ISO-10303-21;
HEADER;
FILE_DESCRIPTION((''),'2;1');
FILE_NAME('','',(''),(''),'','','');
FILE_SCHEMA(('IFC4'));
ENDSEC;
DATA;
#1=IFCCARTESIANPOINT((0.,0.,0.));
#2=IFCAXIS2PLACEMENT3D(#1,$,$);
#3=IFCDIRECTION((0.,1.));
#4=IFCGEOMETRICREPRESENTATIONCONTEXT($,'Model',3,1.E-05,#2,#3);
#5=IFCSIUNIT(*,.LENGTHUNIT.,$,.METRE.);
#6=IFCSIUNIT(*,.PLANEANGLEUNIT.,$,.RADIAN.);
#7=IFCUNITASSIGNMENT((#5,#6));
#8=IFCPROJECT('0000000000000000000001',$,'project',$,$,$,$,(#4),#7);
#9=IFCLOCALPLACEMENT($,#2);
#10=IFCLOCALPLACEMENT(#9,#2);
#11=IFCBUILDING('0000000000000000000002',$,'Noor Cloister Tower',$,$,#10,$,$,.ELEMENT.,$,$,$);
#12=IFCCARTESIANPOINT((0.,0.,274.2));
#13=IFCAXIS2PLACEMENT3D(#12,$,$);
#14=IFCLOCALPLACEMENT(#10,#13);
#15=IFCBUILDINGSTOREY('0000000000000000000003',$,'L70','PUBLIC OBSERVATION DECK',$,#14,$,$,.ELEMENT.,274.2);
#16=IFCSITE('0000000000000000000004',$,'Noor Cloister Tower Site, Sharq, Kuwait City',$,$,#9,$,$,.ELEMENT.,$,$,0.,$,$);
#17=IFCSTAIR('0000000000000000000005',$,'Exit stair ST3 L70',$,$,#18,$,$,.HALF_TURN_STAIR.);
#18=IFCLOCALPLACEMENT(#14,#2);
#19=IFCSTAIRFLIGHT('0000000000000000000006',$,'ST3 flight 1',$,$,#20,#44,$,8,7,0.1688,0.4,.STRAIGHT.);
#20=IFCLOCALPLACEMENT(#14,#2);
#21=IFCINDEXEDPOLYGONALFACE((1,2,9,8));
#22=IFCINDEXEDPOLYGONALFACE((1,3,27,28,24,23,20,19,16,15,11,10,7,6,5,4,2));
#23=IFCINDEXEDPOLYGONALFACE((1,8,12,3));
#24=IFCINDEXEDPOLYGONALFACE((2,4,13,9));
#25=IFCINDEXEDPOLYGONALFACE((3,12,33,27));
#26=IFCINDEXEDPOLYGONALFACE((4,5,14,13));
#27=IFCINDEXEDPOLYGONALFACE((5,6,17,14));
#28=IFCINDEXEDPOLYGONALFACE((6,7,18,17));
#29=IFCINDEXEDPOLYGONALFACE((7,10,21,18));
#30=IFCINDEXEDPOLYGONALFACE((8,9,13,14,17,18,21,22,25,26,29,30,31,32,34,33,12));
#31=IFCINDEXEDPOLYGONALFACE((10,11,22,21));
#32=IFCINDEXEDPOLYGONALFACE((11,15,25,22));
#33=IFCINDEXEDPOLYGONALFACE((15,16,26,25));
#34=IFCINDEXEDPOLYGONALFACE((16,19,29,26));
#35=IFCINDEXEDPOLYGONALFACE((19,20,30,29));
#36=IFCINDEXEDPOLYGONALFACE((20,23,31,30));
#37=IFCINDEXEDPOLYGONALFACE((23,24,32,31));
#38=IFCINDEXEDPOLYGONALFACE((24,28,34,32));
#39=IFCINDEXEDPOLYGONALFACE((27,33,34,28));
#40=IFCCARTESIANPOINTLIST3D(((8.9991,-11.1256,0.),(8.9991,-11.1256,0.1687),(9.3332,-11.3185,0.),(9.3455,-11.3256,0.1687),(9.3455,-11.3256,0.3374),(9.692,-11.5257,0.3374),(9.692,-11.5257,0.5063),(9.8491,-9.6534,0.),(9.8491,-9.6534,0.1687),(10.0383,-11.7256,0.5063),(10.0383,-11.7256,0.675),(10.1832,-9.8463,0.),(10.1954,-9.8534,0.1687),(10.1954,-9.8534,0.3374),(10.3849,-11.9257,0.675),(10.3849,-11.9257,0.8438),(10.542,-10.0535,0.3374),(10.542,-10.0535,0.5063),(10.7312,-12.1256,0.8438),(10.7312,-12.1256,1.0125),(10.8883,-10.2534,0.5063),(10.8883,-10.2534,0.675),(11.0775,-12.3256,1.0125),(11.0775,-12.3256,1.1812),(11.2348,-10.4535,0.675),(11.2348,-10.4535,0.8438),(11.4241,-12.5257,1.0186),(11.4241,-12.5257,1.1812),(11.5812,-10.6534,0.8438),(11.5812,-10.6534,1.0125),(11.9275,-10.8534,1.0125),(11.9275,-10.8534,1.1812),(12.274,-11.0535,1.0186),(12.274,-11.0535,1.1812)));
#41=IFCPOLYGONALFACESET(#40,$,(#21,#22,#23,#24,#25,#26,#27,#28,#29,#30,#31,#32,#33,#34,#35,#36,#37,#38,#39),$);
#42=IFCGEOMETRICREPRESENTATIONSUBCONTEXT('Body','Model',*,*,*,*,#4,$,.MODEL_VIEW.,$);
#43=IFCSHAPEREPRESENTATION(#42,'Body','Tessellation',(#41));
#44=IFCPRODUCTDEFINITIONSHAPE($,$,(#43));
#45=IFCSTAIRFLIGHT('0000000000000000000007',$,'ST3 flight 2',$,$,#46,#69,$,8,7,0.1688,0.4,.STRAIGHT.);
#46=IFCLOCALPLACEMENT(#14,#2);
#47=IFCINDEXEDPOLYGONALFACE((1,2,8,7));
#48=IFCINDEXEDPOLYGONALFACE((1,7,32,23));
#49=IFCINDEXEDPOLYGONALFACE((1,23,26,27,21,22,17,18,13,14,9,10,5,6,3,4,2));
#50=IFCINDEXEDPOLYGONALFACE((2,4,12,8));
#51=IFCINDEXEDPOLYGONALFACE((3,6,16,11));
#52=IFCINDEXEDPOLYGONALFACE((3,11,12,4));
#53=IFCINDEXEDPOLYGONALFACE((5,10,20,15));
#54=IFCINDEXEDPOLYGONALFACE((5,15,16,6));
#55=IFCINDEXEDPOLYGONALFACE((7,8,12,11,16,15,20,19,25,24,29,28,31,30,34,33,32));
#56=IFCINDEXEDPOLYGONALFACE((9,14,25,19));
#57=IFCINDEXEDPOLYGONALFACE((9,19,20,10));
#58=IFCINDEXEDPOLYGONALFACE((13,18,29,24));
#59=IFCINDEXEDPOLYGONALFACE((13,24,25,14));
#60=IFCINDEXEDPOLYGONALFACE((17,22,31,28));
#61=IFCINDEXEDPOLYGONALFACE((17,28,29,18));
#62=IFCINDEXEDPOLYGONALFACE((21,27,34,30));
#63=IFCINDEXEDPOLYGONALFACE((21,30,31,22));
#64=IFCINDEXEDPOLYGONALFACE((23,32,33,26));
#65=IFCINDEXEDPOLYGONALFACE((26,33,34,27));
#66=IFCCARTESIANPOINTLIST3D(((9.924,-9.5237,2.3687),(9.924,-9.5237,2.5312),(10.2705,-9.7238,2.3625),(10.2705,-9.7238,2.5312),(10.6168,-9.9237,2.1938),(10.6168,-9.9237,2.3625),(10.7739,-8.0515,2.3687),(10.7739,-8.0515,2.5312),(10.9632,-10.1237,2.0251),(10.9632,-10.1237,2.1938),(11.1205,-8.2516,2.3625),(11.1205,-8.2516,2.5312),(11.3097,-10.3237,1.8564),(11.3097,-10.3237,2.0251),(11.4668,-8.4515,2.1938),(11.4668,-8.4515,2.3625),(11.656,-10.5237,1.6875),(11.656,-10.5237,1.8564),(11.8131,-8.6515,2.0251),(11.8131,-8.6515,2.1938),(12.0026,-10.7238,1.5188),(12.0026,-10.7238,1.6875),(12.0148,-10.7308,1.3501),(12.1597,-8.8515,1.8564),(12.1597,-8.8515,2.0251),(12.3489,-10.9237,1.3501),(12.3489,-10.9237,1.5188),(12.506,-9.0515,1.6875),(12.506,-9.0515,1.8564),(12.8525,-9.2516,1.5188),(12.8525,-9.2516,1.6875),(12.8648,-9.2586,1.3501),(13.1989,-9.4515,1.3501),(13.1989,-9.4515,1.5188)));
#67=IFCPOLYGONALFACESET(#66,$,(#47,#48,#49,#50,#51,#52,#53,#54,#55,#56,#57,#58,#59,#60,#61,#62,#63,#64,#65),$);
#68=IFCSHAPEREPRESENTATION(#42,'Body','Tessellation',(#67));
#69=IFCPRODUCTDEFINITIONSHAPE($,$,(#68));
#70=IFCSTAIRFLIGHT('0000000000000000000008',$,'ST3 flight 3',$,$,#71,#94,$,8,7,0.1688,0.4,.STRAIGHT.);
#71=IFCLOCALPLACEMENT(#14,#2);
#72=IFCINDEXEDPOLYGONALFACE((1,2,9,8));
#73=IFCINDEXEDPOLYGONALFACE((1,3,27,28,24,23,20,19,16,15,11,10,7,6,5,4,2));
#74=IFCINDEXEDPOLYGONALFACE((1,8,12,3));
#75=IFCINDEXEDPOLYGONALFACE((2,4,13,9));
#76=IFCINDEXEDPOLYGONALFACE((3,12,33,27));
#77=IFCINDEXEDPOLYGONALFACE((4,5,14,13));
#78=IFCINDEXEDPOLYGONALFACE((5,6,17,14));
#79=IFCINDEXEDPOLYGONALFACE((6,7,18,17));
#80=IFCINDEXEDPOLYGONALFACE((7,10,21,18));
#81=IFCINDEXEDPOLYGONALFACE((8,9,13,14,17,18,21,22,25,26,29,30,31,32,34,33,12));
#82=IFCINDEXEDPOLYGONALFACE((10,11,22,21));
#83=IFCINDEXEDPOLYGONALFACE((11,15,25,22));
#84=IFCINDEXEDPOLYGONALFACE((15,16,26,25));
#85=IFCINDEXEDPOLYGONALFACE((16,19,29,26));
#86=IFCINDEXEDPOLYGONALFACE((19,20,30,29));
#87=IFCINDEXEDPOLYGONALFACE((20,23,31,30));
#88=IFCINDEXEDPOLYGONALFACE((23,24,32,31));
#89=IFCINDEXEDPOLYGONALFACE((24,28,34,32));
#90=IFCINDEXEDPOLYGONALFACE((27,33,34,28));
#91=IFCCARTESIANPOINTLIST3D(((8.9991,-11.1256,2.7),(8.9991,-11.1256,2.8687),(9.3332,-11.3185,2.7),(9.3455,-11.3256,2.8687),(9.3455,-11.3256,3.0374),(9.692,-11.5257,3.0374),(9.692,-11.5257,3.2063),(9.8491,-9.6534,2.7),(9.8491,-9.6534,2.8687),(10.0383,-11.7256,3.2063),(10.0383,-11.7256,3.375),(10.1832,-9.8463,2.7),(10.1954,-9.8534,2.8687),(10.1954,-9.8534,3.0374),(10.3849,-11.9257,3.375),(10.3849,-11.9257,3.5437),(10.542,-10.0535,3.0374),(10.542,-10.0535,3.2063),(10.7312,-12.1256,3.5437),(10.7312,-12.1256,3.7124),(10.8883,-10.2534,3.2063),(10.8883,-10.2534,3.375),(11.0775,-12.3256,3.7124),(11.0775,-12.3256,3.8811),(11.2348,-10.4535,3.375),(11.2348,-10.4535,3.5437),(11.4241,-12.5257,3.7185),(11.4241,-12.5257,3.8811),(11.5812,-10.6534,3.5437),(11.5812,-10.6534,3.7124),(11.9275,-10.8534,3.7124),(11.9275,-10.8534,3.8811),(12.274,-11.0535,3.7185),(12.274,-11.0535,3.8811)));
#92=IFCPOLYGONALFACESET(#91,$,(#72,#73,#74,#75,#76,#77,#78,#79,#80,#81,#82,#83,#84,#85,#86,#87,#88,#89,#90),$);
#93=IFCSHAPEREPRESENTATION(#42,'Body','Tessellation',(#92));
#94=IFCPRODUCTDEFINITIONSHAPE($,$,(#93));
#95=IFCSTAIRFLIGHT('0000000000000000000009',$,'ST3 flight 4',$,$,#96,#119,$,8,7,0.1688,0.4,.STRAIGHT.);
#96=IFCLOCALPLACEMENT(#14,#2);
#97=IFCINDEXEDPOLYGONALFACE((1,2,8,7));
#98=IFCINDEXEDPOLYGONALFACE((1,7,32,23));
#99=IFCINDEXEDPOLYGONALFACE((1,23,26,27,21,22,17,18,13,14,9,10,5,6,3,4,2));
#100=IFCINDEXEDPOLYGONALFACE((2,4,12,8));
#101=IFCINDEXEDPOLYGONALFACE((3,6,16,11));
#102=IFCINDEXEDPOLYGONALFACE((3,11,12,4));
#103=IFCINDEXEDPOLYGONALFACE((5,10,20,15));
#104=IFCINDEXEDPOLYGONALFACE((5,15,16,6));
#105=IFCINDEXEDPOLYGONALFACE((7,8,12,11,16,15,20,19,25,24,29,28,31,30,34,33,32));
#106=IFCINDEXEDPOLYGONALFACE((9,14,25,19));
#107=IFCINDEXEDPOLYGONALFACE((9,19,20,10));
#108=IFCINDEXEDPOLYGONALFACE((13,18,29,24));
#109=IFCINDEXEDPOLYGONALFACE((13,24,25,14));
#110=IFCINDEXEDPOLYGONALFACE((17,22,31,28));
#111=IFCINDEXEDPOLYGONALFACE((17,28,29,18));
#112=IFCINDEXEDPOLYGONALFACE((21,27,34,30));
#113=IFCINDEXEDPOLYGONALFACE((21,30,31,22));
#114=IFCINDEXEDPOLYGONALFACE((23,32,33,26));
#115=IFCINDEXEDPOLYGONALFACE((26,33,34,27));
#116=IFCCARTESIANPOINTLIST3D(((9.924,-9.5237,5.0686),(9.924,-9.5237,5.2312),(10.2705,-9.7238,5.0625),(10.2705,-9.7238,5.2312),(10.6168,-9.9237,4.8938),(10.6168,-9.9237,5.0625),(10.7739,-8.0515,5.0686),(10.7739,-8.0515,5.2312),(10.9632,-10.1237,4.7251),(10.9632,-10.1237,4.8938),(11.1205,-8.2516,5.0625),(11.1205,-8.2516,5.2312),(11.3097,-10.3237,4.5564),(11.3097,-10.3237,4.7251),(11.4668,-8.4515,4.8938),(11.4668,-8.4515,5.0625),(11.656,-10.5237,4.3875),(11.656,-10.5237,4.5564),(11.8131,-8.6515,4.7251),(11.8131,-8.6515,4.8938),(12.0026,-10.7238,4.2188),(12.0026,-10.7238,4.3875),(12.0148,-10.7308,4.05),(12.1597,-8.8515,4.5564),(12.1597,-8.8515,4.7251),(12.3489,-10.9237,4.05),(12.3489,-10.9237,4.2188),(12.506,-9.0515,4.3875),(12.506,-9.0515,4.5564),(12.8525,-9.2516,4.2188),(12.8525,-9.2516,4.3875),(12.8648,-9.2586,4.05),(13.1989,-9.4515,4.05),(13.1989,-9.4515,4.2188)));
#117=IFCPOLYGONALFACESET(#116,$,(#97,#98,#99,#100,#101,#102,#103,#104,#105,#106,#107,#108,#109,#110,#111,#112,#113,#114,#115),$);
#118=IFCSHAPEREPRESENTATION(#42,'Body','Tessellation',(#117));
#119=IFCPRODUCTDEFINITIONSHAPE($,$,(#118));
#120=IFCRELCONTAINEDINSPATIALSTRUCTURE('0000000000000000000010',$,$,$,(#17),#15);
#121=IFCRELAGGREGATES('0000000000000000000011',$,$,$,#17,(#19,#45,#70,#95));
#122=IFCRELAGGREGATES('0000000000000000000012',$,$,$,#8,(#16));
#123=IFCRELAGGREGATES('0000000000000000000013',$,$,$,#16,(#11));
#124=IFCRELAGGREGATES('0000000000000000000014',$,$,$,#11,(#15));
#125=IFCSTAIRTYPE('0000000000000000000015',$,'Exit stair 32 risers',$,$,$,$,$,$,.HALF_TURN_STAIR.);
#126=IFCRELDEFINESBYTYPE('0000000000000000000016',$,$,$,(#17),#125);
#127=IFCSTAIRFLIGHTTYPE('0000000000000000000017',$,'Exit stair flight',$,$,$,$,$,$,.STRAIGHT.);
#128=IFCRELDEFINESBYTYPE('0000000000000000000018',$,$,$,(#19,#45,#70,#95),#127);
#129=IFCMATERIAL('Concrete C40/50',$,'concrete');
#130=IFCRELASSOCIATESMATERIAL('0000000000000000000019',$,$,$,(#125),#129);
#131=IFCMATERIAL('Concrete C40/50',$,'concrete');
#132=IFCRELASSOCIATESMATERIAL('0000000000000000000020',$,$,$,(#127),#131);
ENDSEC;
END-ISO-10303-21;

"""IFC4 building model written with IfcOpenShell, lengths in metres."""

from ifc_helpers import new_model, si_unit, direction, frame, origin, place, context, subcontext, project, spatial, polyline, outline, extrude, material, type_object, element, aggregate, save


model = new_model("IFC4")

# Units and contexts
model_context = context("Model", 3, precision=1e-05, world=origin(), true_north=direction((0.0, 1.0)))
body_context = subcontext(model_context, "Body", "Model", "MODEL_VIEW")
ifc_project = project(units=[si_unit("LENGTHUNIT", "METRE"), si_unit("PLANEANGLEUNIT", "RADIAN")], contexts=[model_context])

# Site, building, storey
site_placement = place(None, origin())
site = spatial("IfcSite", under=ifc_project, at=site_placement, Name="Noor Cloister Tower Site, Sharq, Kuwait City", CompositionType="ELEMENT", RefElevation=0.0)
building_placement = place(site_placement, origin())
building = spatial("IfcBuilding", under=site, at=building_placement, Name="Noor Cloister Tower", CompositionType="ELEMENT")
storey_placement = place(building_placement, frame((0.0, 0.0, 274.2)))
storey = spatial("IfcBuildingStorey", under=building, at=storey_placement, Name="L70", Description="PUBLIC OBSERVATION DECK", CompositionType="ELEMENT", Elevation=274.2)

# Stair, stair flights
ifc_material_1 = material(Name="Concrete C40/50", Category="concrete")
stair_type = type_object("IfcStairType", Name="Exit stair 32 risers", PredefinedType="HALF_TURN_STAIR", material=ifc_material_1)
stair_placement = place(storey_placement, origin())
stair = element("IfcStair", 1, at=stair_placement, inside=storey, type_object=stair_type, Name="Exit stair ST3 L70", PredefinedType="HALF_TURN_STAIR")
ifc_material_2 = material(Name="Concrete C40/50", Category="concrete")
stair_flight_type = type_object("IfcStairFlightType", Name="Exit stair flight", PredefinedType="STRAIGHT", material=ifc_material_2)
stair_flight_1_placement = place(storey_placement, frame((9.4241, -10.3896, 0.0), z_axis=(0.0, 0.0, 1.0), x_axis=(0.866025, -0.5, 0.0)))
stair_flight_1 = element("IfcStairFlight", 2, at=stair_flight_1_placement, type_object=stair_flight_type, Name="ST3 flight 1", NumberOfRisers=8, NumberOfTreads=7, PredefinedType="STRAIGHT", RiserHeight=0.1688, TreadLength=0.4, context=body_context, shape_type="SweptSolid", body=[
    extrude(outline(polyline([(0.0, 0.0), (0.0, 0.1687), (0.3999, 0.1687), (0.3999, 0.3374), (0.8, 0.3374), (0.8, 0.5063), (1.2, 0.5063), (1.2, 0.675), (1.6001, 0.675), (1.6001, 0.8438), (2.0, 0.8438), (2.0, 1.0125), (2.3999, 1.0125), (2.3999, 1.1812), (2.8, 1.1812), (2.8, 1.3501), (2.8, 1.0186), (0.3857, 0.0), (0.0, 0.0)])), frame((0.0, 0.8501, 0.0), z_axis=(0.0, -1.0, 0.0), x_axis=(1.0, 0.0, 0.0)), (0.0, 0.0, 1.0), 1.7),
])
stair_flight_2_placement = place(storey_placement, frame((12.7739, -10.1875, 1.3501), z_axis=(0.0, 0.0, 1.0), x_axis=(-0.866025, 0.5, 0.0)))
stair_flight_2 = element("IfcStairFlight", 3, at=stair_flight_2_placement, type_object=stair_flight_type, Name="ST3 flight 2", NumberOfRisers=8, NumberOfTreads=7, PredefinedType="STRAIGHT", RiserHeight=0.1688, TreadLength=0.4, context=body_context, shape_type="SweptSolid", body=[
    extrude(outline(polyline([(0.0, 0.0), (0.0, 0.1687), (0.3999, 0.1687), (0.3999, 0.3374), (0.8, 0.3374), (0.8, 0.5063), (1.2, 0.5063), (1.2, 0.675), (1.6001, 0.675), (1.6001, 0.8438), (2.0, 0.8438), (2.0, 1.0125), (2.3999, 1.0125), (2.3999, 1.1812), (2.8, 1.1812), (2.8, 1.3501), (2.8, 1.0186), (0.3857, 0.0), (0.0, 0.0)])), frame((0.0, 0.8501, 0.0), z_axis=(0.0, -1.0, 0.0), x_axis=(1.0, 0.0, 0.0)), (0.0, 0.0, 1.0), 1.7),
])
stair_flight_3_placement = place(storey_placement, frame((9.4241, -10.3896, 2.7), z_axis=(0.0, 0.0, 1.0), x_axis=(0.866025, -0.5, 0.0)))
stair_flight_3 = element("IfcStairFlight", 4, at=stair_flight_3_placement, type_object=stair_flight_type, Name="ST3 flight 3", NumberOfRisers=8, NumberOfTreads=7, PredefinedType="STRAIGHT", RiserHeight=0.1688, TreadLength=0.4, context=body_context, shape_type="SweptSolid", body=[
    extrude(outline(polyline([(0.0, 0.0), (0.0, 0.1687), (0.3999, 0.1687), (0.3999, 0.3374), (0.8, 0.3374), (0.8, 0.5063), (1.2, 0.5063), (1.2, 0.675), (1.6001, 0.675), (1.6001, 0.8438), (2.0, 0.8438), (2.0, 1.0125), (2.3999, 1.0125), (2.3999, 1.1812), (2.8, 1.1812), (2.8, 1.3501), (2.8, 1.0186), (0.3857, 0.0), (0.0, 0.0)])), frame((0.0, 0.8501, 0.0), z_axis=(0.0, -1.0, 0.0), x_axis=(1.0, 0.0, 0.0)), (0.0, 0.0, 1.0), 1.7),
])
stair_flight_4_placement = place(storey_placement, frame((12.7739, -10.1875, 4.05), z_axis=(0.0, 0.0, 1.0), x_axis=(-0.866025, 0.5, 0.0)))
stair_flight_4 = element("IfcStairFlight", 5, at=stair_flight_4_placement, type_object=stair_flight_type, Name="ST3 flight 4", NumberOfRisers=8, NumberOfTreads=7, PredefinedType="STRAIGHT", RiserHeight=0.1688, TreadLength=0.4, context=body_context, shape_type="SweptSolid", body=[
    extrude(outline(polyline([(0.0, 0.0), (0.0, 0.1687), (0.3999, 0.1687), (0.3999, 0.3374), (0.8, 0.3374), (0.8, 0.5063), (1.2, 0.5063), (1.2, 0.675), (1.6001, 0.675), (1.6001, 0.8438), (2.0, 0.8438), (2.0, 1.0125), (2.3999, 1.0125), (2.3999, 1.1812), (2.8, 1.1812), (2.8, 1.3501), (2.8, 1.0186), (0.3857, 0.0), (0.0, 0.0)])), frame((0.0, 0.8501, 0.0), z_axis=(0.0, -1.0, 0.0), x_axis=(1.0, 0.0, 0.0)), (0.0, 0.0, 1.0), 1.7),
])
aggregate(stair, [stair_flight_1, stair_flight_2, stair_flight_3, stair_flight_4])

save(model, "model.ifc")
